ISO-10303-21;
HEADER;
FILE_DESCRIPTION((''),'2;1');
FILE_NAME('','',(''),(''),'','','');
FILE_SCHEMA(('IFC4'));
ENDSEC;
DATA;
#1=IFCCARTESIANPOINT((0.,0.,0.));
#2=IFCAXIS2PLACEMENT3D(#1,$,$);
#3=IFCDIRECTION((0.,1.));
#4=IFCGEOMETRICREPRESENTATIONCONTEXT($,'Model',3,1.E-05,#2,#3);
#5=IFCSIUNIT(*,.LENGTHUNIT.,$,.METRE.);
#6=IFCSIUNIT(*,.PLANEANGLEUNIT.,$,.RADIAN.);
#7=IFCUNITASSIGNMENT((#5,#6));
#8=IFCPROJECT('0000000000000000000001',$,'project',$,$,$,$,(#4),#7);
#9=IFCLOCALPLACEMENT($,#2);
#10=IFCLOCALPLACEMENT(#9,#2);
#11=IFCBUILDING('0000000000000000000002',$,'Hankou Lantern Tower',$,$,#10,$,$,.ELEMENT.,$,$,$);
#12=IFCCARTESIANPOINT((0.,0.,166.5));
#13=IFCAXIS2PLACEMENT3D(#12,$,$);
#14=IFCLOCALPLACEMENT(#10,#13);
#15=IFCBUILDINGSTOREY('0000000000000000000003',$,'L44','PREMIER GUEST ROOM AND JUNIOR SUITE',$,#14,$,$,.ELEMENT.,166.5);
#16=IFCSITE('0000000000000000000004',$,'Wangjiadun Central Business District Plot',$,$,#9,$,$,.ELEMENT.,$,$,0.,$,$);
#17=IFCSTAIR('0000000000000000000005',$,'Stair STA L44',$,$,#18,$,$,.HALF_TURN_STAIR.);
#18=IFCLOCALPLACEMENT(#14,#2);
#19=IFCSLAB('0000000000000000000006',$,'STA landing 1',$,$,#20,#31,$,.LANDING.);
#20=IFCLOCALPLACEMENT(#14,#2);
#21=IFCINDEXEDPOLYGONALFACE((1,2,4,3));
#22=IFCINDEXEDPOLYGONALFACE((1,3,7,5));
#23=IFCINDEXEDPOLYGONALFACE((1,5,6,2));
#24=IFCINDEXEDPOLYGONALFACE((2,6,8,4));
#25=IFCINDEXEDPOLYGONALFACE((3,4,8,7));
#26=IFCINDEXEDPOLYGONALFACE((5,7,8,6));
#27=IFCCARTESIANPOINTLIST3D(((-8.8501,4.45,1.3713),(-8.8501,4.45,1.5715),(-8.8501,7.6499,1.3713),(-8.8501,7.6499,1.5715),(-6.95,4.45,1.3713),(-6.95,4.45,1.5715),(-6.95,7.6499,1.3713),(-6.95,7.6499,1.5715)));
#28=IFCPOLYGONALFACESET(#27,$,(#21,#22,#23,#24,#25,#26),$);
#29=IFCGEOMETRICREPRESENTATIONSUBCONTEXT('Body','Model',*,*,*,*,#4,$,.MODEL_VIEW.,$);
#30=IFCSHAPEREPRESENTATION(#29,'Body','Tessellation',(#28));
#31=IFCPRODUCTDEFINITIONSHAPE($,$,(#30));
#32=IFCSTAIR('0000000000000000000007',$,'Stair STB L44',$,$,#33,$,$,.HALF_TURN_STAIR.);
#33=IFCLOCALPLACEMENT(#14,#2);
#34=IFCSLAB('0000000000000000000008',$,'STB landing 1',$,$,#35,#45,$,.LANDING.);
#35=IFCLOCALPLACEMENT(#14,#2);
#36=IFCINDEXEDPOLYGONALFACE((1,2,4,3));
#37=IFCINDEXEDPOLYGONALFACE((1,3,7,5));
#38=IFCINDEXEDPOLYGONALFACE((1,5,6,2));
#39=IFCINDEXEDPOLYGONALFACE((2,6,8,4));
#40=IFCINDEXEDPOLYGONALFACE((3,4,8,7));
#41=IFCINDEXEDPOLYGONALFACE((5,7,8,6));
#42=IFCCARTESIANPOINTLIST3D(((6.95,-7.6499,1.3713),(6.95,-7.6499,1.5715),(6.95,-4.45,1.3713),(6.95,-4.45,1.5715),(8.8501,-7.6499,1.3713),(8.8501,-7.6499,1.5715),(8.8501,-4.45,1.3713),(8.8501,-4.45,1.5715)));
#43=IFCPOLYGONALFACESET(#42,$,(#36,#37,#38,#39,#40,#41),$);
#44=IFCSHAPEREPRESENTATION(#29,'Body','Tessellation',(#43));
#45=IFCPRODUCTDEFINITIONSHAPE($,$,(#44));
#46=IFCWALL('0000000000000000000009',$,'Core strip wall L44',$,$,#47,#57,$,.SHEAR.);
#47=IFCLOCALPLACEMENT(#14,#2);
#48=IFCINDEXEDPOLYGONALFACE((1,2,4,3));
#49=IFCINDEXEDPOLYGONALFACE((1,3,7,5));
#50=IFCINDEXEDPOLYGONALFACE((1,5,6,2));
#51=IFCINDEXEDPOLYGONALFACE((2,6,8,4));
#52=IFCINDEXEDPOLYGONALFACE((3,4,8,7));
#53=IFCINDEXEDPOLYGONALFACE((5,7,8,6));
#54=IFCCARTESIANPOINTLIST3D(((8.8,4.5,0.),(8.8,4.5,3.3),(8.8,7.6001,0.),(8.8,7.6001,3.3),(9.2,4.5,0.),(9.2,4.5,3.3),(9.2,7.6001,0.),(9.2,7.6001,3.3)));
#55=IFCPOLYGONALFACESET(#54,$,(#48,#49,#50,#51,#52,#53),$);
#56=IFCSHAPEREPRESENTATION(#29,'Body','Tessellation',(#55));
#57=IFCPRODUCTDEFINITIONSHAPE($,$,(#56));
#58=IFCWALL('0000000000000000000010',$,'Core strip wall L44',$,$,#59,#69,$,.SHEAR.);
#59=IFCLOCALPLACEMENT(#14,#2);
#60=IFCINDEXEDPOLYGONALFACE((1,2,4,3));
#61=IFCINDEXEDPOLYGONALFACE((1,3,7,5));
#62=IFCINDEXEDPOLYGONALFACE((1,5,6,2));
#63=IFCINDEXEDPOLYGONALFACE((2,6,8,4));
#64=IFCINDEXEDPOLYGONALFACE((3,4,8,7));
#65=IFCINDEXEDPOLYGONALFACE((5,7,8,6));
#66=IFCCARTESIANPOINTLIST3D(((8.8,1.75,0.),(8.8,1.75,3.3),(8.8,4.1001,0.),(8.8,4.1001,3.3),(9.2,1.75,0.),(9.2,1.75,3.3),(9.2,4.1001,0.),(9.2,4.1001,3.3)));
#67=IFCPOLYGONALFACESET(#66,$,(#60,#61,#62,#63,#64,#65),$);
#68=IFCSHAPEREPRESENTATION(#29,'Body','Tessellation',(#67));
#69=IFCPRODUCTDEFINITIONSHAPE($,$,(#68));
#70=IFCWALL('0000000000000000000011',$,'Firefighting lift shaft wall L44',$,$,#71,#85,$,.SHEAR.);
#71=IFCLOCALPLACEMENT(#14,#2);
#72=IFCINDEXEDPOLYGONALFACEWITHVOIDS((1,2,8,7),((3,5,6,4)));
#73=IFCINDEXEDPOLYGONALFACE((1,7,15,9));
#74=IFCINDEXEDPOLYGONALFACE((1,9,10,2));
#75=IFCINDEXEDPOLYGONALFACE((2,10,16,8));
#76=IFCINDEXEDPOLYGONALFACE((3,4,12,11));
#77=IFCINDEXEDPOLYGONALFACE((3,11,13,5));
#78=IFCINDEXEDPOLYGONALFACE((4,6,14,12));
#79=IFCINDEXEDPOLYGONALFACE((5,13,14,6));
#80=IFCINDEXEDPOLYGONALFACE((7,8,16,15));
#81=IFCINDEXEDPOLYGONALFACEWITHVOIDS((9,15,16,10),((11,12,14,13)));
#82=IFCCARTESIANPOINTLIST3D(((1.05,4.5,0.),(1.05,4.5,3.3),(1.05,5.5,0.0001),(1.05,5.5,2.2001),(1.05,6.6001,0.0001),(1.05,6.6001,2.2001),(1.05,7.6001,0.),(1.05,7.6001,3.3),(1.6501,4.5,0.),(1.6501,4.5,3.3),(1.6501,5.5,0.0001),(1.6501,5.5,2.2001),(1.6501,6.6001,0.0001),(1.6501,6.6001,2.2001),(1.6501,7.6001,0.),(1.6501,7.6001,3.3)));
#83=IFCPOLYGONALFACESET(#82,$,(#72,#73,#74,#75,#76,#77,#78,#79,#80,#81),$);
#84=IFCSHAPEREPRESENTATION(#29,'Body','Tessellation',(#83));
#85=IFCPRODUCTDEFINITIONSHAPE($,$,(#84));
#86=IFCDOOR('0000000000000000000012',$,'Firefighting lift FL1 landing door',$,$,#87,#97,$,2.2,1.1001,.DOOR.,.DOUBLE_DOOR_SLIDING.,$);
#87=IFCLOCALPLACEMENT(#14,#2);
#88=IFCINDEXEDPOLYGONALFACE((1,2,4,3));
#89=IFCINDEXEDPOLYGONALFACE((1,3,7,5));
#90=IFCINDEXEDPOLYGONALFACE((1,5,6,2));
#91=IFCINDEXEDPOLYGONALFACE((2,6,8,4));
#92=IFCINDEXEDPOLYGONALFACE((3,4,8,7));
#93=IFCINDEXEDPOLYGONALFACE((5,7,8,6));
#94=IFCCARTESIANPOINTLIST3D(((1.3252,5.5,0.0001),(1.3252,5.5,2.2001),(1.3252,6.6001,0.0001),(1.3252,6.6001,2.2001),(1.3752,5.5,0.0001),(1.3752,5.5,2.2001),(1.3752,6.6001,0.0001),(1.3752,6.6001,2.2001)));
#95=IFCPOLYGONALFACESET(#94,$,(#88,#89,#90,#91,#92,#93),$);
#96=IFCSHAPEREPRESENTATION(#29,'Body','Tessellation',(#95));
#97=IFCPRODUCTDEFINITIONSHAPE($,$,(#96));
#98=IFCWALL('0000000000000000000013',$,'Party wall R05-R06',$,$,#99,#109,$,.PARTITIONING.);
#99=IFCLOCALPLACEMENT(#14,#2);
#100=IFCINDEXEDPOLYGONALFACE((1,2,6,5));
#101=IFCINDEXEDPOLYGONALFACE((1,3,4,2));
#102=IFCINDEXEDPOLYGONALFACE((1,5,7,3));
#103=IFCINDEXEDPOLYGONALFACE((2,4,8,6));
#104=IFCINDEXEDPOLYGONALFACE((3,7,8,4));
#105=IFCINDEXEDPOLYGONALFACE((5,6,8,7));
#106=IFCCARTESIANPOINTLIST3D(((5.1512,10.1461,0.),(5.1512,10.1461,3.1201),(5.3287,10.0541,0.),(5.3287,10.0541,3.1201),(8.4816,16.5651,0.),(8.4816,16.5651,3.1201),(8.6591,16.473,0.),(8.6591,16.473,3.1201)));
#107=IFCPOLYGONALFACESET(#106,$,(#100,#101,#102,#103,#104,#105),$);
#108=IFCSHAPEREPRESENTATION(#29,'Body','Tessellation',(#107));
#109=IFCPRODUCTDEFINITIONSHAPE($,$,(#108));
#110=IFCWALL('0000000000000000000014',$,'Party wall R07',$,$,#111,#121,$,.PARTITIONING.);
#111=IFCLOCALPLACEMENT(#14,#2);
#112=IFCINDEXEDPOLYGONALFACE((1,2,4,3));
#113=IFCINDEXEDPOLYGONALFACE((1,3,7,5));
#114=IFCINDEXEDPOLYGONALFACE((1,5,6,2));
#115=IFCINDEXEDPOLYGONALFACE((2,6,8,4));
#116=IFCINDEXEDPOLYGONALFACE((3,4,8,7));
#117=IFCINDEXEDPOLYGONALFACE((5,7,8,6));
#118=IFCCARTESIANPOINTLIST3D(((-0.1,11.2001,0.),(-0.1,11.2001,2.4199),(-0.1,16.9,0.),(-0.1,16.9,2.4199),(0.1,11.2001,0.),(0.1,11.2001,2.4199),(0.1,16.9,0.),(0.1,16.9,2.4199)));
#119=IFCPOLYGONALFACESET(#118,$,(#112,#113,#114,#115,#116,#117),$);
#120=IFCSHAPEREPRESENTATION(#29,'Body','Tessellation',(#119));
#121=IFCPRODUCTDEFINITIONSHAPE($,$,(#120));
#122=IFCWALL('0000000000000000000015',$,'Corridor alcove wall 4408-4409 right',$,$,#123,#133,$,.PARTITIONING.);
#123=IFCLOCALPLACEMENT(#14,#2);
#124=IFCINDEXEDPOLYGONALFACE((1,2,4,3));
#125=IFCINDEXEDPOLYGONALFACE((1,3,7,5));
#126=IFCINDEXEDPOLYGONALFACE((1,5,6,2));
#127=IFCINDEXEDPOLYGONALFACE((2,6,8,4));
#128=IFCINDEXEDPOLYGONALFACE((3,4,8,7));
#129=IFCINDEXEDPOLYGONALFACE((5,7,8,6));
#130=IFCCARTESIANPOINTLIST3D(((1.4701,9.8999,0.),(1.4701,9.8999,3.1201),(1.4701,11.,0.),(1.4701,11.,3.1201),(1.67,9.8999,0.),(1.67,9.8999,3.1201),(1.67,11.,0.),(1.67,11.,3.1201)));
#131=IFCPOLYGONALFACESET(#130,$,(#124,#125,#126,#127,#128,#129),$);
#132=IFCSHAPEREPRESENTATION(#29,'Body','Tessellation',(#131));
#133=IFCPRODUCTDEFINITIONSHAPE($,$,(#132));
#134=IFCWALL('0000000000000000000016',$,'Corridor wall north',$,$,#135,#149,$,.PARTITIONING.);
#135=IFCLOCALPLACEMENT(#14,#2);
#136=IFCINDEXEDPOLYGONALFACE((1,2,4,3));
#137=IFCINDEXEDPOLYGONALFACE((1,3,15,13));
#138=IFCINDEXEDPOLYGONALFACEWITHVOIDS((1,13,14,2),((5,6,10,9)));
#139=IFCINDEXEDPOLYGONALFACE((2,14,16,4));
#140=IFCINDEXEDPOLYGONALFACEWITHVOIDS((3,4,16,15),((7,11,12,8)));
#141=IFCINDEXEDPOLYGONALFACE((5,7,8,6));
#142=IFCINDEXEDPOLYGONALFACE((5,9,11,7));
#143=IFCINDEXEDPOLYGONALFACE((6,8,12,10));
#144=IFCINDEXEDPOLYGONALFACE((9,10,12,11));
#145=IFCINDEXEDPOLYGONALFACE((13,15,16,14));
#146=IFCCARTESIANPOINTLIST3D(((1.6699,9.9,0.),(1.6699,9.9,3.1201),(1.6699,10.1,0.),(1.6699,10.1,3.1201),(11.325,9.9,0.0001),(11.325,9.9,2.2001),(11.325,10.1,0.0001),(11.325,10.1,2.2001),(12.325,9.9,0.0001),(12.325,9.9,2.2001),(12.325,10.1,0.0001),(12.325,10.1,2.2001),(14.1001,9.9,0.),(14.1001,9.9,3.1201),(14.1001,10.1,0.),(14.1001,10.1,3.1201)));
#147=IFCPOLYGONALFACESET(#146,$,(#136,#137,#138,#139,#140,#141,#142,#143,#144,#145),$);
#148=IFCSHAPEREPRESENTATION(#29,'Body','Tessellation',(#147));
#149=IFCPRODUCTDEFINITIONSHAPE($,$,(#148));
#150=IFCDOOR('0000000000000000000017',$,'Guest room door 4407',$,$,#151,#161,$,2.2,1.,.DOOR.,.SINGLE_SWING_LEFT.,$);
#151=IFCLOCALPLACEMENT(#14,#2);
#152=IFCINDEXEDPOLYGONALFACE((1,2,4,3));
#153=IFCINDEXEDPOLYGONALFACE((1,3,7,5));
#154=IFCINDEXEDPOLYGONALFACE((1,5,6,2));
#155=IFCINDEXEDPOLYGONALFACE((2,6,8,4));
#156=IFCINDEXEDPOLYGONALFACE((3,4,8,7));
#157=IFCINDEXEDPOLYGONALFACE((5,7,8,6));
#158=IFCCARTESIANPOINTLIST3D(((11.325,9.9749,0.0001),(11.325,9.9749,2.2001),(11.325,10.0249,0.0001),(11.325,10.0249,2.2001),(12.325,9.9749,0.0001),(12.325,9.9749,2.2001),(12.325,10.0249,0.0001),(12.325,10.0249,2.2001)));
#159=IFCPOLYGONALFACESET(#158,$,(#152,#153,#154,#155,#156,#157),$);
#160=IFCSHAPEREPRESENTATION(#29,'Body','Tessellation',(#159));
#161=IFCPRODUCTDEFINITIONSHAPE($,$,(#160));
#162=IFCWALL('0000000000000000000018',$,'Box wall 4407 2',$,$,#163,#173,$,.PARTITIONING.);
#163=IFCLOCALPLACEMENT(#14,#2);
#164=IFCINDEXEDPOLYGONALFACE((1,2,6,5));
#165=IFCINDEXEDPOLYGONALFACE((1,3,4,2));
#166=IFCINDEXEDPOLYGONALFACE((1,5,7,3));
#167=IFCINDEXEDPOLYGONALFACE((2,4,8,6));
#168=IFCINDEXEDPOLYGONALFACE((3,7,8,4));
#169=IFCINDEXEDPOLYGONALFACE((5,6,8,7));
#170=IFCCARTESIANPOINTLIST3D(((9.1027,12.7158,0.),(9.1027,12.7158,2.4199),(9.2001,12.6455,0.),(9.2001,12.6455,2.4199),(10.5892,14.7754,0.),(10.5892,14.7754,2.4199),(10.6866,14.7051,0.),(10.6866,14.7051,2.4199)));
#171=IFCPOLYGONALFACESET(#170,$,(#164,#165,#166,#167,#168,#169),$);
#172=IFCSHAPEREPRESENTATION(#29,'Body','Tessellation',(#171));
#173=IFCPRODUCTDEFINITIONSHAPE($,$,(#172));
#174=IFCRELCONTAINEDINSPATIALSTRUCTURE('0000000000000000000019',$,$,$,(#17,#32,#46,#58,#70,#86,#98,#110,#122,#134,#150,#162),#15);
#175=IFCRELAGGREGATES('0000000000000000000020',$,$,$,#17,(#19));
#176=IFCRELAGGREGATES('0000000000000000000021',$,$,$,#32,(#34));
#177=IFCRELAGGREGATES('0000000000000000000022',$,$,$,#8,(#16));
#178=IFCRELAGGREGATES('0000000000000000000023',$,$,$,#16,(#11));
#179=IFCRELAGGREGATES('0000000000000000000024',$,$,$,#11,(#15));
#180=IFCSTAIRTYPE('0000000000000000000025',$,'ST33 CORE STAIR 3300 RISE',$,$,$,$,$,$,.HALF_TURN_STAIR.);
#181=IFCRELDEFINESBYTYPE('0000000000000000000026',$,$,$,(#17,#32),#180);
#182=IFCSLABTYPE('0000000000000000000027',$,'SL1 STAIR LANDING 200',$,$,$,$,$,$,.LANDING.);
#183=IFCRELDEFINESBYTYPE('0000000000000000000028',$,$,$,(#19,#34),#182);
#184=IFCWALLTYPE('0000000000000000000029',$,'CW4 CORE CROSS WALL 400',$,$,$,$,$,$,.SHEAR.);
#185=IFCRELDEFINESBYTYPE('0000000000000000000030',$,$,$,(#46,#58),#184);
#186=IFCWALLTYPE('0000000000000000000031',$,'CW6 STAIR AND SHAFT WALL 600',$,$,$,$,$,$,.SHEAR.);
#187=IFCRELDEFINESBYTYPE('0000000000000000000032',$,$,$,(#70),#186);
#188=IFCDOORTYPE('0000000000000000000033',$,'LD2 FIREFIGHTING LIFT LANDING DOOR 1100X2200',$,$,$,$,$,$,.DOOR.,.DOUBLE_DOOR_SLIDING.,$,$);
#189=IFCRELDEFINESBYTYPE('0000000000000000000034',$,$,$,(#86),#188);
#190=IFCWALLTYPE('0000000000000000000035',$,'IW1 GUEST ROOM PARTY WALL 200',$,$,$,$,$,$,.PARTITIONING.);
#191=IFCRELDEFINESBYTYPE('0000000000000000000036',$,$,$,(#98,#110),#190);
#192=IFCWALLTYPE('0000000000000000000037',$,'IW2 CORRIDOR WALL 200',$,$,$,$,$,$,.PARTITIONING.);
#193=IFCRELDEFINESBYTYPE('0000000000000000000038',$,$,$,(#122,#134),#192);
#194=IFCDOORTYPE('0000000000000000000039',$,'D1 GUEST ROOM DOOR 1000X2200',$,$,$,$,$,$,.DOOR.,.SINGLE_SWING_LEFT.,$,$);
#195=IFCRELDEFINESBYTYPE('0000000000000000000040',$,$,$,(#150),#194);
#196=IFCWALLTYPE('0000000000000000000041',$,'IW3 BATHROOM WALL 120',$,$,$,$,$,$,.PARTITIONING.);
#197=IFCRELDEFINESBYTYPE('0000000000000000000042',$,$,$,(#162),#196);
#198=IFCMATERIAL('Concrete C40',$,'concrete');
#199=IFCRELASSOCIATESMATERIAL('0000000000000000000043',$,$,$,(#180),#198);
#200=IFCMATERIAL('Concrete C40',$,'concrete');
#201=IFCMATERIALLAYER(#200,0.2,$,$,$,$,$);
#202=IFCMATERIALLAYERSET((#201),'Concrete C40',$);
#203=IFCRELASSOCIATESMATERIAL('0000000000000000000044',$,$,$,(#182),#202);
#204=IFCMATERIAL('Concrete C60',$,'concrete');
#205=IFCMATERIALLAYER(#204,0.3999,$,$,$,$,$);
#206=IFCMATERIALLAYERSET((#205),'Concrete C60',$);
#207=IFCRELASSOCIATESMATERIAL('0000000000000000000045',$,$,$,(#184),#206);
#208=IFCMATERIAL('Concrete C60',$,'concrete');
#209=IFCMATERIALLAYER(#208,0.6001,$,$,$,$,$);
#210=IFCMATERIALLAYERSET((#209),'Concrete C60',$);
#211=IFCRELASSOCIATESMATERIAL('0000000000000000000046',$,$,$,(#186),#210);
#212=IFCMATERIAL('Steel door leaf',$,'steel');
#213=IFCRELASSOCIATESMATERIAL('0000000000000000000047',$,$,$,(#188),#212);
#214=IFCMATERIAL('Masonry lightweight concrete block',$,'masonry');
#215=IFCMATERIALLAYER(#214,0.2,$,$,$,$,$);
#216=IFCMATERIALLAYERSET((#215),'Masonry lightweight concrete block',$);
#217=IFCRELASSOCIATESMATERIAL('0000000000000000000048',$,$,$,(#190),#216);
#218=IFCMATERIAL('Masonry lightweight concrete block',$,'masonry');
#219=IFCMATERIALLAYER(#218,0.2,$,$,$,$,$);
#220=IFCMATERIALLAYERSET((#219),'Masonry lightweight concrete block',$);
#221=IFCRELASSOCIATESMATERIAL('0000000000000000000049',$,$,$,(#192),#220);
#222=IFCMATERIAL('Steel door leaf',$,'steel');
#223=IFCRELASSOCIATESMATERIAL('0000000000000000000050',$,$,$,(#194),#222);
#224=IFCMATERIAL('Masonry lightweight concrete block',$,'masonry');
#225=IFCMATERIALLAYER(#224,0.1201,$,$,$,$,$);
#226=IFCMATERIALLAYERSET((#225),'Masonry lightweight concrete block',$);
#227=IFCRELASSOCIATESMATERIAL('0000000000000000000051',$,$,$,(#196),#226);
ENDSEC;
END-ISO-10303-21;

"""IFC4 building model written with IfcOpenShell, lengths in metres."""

from ifc_helpers import new_model, si_unit, direction, frame, frame_2d, origin, place, context, subcontext, project, spatial, polyline, rectangle, outline, extrude, material, layer, layer_set, type_object, element, fill, aggregate, save


model = new_model("IFC4")

# Units and contexts
model_context = context("Model", 3, precision=1e-05, world=origin(), true_north=direction((0.0, 1.0)))
body_context = subcontext(model_context, "Body", "Model", "MODEL_VIEW")
ifc_project = project(units=[si_unit("LENGTHUNIT", "METRE"), si_unit("PLANEANGLEUNIT", "RADIAN")], contexts=[model_context])

# Site, building, storey
site_placement = place(None, origin())
site = spatial("IfcSite", under=ifc_project, at=site_placement, Name="Wangjiadun Central Business District Plot", CompositionType="ELEMENT", RefElevation=0.0)
building_placement = place(site_placement, origin())
building = spatial("IfcBuilding", under=site, at=building_placement, Name="Hankou Lantern Tower", CompositionType="ELEMENT")
storey_placement = place(building_placement, frame((0.0, 0.0, 166.5)))
storey = spatial("IfcBuildingStorey", under=building, at=storey_placement, Name="L44", Description="PREMIER GUEST ROOM AND JUNIOR SUITE", CompositionType="ELEMENT", Elevation=166.5)

# Stairs, slabs
ifc_material_1 = material(Name="Concrete C40", Category="concrete")
stair_type = type_object("IfcStairType", Name="ST33 CORE STAIR 3300 RISE", PredefinedType="HALF_TURN_STAIR", material=ifc_material_1)
stair_1_placement = place(storey_placement, origin())
stair_1 = element("IfcStair", 1, at=stair_1_placement, inside=storey, type_object=stair_type, Name="Stair STA L44", PredefinedType="HALF_TURN_STAIR")
ifc_material_2 = material(Name="Concrete C40", Category="concrete")
ifc_layer_1 = layer(ifc_material_2, 0.2)
ifc_layer_set_1 = layer_set([ifc_layer_1], Name="Concrete C40")
slab_type_1 = type_object("IfcSlabType", Name="SL1 STAIR LANDING 200", PredefinedType="LANDING", material=ifc_layer_set_1)
slab_1_placement = place(storey_placement, frame((0.0, 0.0, 1.3713)))
slab_1 = element("IfcSlab", 2, at=slab_1_placement, type_object=slab_type_1, Name="STA landing 1", PredefinedType="LANDING", context=body_context, shape_type="SweptSolid", body=[
    extrude(outline(polyline([(-8.8501, 4.45), (-6.95, 4.45), (-6.95, 7.6499), (-8.8501, 7.6499), (-8.8501, 4.45)])), origin(), (0.0, 0.0, 1.0), 0.2002),
])
aggregate(stair_1, [slab_1])
stair_2_placement = place(storey_placement, origin())
stair_2 = element("IfcStair", 3, at=stair_2_placement, inside=storey, type_object=stair_type, Name="Stair STB L44", PredefinedType="HALF_TURN_STAIR")
slab_2_placement = place(storey_placement, frame((0.0, 0.0, 1.3713)))
slab_2 = element("IfcSlab", 4, at=slab_2_placement, type_object=slab_type_1, Name="STB landing 1", PredefinedType="LANDING", context=body_context, shape_type="SweptSolid", body=[
    extrude(outline(polyline([(8.8501, -4.45), (6.95, -4.45), (6.95, -7.6499), (8.8501, -7.6499), (8.8501, -4.45)])), origin(), (0.0, 0.0, 1.0), 0.2002),
])
aggregate(stair_2, [slab_2])

# Walls
ifc_material_3 = material(Name="Concrete C60", Category="concrete")
ifc_layer_2 = layer(ifc_material_3, 0.3999)
ifc_layer_set_2 = layer_set([ifc_layer_2], Name="Concrete C60")
wall_type_1 = type_object("IfcWallType", Name="CW4 CORE CROSS WALL 400", PredefinedType="SHEAR", material=ifc_layer_set_2)
wall_1_placement = place(storey_placement, frame((9.0, 4.5, 0.0), z_axis=(0.0, 0.0, 1.0), x_axis=(0.0, 1.0, 0.0)))
element("IfcWall", 5, at=wall_1_placement, inside=storey, type_object=wall_type_1, Name="Core strip wall L44", PredefinedType="SHEAR", context=body_context, shape_type="SweptSolid", body=[
    extrude(rectangle(XDim=3.1001, YDim=0.3999, at=frame_2d((1.55, 0.0))), origin(), (0.0, 0.0, 1.0), 3.3),
])
wall_2_placement = place(storey_placement, frame((9.0, 1.75, 0.0), z_axis=(0.0, 0.0, 1.0), x_axis=(0.0, 1.0, 0.0)))
element("IfcWall", 6, at=wall_2_placement, inside=storey, type_object=wall_type_1, Name="Core strip wall L44", PredefinedType="SHEAR", context=body_context, shape_type="SweptSolid", body=[
    extrude(rectangle(XDim=2.3501, YDim=0.3999, at=frame_2d((1.175, 0.0))), origin(), (0.0, 0.0, 1.0), 3.3),
])

# Wall, opening, door
ifc_material_4 = material(Name="Concrete C60", Category="concrete")
ifc_layer_3 = layer(ifc_material_4, 0.6001)
ifc_layer_set_3 = layer_set([ifc_layer_3], Name="Concrete C60")
wall_type_2 = type_object("IfcWallType", Name="CW6 STAIR AND SHAFT WALL 600", PredefinedType="SHEAR", material=ifc_layer_set_3)
wall_3_placement = place(storey_placement, frame((1.3501, 4.5, 0.0), z_axis=(0.0, 0.0, 1.0), x_axis=(0.0, 1.0, 0.0)))
wall_3 = element("IfcWall", 7, at=wall_3_placement, inside=storey, type_object=wall_type_2, Name="Firefighting lift shaft wall L44", PredefinedType="SHEAR", context=body_context, shape_type="SweptSolid", body=[
    extrude(rectangle(XDim=3.1001, YDim=0.6001, at=frame_2d((1.55, 0.0))), origin(), (0.0, 0.0, 1.0), 3.3),
])
opening_1_placement = place(wall_3_placement, frame((1.0, 0.0, 0.0)))
opening_1 = element("IfcOpeningElement", 8, at=opening_1_placement, cuts=wall_3, PredefinedType="OPENING", context=body_context, shape_type="SweptSolid", body=[
    extrude(rectangle(XDim=1.1001, YDim=2.2, at=frame_2d((0.55, 1.1001))), frame((0.0, 0.3101, 0.0), z_axis=(0.0, -1.0, 0.0), x_axis=(1.0, 0.0, 0.0)), (0.0, 0.0, 1.0), 0.6201),
])
ifc_material_5 = material(Name="Steel door leaf", Category="steel")
door_type_1 = type_object("IfcDoorType", Name="LD2 FIREFIGHTING LIFT LANDING DOOR 1100X2200", OperationType="DOUBLE_DOOR_SLIDING", PredefinedType="DOOR", material=ifc_material_5)
door_1_placement = place(opening_1_placement, origin())
door_1 = element("IfcDoor", 9, at=door_1_placement, inside=storey, type_object=door_type_1, Name="Firefighting lift FL1 landing door", OperationType="DOUBLE_DOOR_SLIDING", OverallHeight=2.2, OverallWidth=1.1001, PredefinedType="DOOR", context=body_context, shape_type="SweptSolid", body=[
    extrude(rectangle(XDim=1.1001, YDim=2.2, at=frame_2d((0.55, 1.1001))), frame((0.0, 0.0249, 0.0), z_axis=(0.0, -1.0, 0.0), x_axis=(1.0, 0.0, 0.0)), (0.0, 0.0, 1.0), 0.05),
])
fill(opening_1, door_1)

# Walls
ifc_material_6 = material(Name="Masonry lightweight concrete block", Category="masonry")
ifc_layer_4 = layer(ifc_material_6, 0.2)
ifc_layer_set_4 = layer_set([ifc_layer_4], Name="Masonry lightweight concrete block")
wall_type_3 = type_object("IfcWallType", Name="IW1 GUEST ROOM PARTY WALL 200", PredefinedType="PARTITIONING", material=ifc_layer_set_4)
wall_4_placement = place(storey_placement, frame((5.24, 10.1001, 0.0), z_axis=(0.0, 0.0, 1.0), x_axis=(0.460533, 0.887643, 0.0)))
element("IfcWall", 10, at=wall_4_placement, inside=storey, type_object=wall_type_3, Name="Party wall R05-R06", PredefinedType="PARTITIONING", context=body_context, shape_type="SweptSolid", body=[
    extrude(rectangle(XDim=7.2314, YDim=0.2, at=frame_2d((3.6157, 0.0))), origin(), (0.0, 0.0, 1.0), 3.1201),
])
wall_5_placement = place(storey_placement, frame((0.0, 11.2, 0.0), z_axis=(0.0, 0.0, 1.0), x_axis=(0.0, 1.0, 0.0)))
element("IfcWall", 11, at=wall_5_placement, inside=storey, type_object=wall_type_3, Name="Party wall R07", PredefinedType="PARTITIONING", context=body_context, shape_type="SweptSolid", body=[
    extrude(rectangle(XDim=5.7, YDim=0.2, at=frame_2d((2.8501, 0.0))), origin(), (0.0, 0.0, 1.0), 2.4199),
])
ifc_material_7 = material(Name="Masonry lightweight concrete block", Category="masonry")
ifc_layer_5 = layer(ifc_material_7, 0.2)
ifc_layer_set_5 = layer_set([ifc_layer_5], Name="Masonry lightweight concrete block")
wall_type_4 = type_object("IfcWallType", Name="IW2 CORRIDOR WALL 200", PredefinedType="PARTITIONING", material=ifc_layer_set_5)
wall_6_placement = place(storey_placement, frame((1.5701, 9.8999, 0.0), z_axis=(0.0, 0.0, 1.0), x_axis=(0.0, 1.0, 0.0)))
element("IfcWall", 12, at=wall_6_placement, inside=storey, type_object=wall_type_4, Name="Corridor alcove wall 4408-4409 right", PredefinedType="PARTITIONING", context=body_context, shape_type="SweptSolid", body=[
    extrude(rectangle(XDim=1.1001, YDim=0.2, at=frame_2d((0.55, 0.0))), origin(), (0.0, 0.0, 1.0), 3.1201),
])

# Wall, opening, door
wall_7_placement = place(storey_placement, frame((1.6699, 10.0, 0.0), z_axis=(0.0, 0.0, 1.0), x_axis=(1.0, 0.0, 0.0)))
wall_7 = element("IfcWall", 13, at=wall_7_placement, inside=storey, type_object=wall_type_4, Name="Corridor wall north", PredefinedType="PARTITIONING", context=body_context, shape_type="SweptSolid", body=[
    extrude(rectangle(XDim=12.4302, YDim=0.2, at=frame_2d((6.2151, 0.0))), origin(), (0.0, 0.0, 1.0), 3.1201),
])
opening_2_placement = place(wall_7_placement, frame((9.655, 0.0, 0.0)))
opening_2 = element("IfcOpeningElement", 14, at=opening_2_placement, cuts=wall_7, PredefinedType="OPENING", context=body_context, shape_type="SweptSolid", body=[
    extrude(rectangle(XDim=1.0, YDim=2.2, at=frame_2d((0.5, 1.1001))), frame((0.0, 0.1099, 0.0), z_axis=(0.0, -1.0, 0.0), x_axis=(1.0, 0.0, 0.0)), (0.0, 0.0, 1.0), 0.22),
])
ifc_material_8 = material(Name="Steel door leaf", Category="steel")
door_type_2 = type_object("IfcDoorType", Name="D1 GUEST ROOM DOOR 1000X2200", OperationType="SINGLE_SWING_LEFT", PredefinedType="DOOR", material=ifc_material_8)
door_2_placement = place(opening_2_placement, origin())
door_2 = element("IfcDoor", 15, at=door_2_placement, inside=storey, type_object=door_type_2, Name="Guest room door 4407", OperationType="SINGLE_SWING_LEFT", OverallHeight=2.2, OverallWidth=1.0, PredefinedType="DOOR", context=body_context, shape_type="SweptSolid", body=[
    extrude(rectangle(XDim=1.0, YDim=2.2, at=frame_2d((0.5, 1.1001))), frame((0.0, 0.0249, 0.0), z_axis=(0.0, -1.0, 0.0), x_axis=(1.0, 0.0, 0.0)), (0.0, 0.0, 1.0), 0.05),
])
fill(opening_2, door_2)

# Wall
ifc_material_9 = material(Name="Masonry lightweight concrete block", Category="masonry")
ifc_layer_6 = layer(ifc_material_9, 0.1201)
ifc_layer_set_6 = layer_set([ifc_layer_6], Name="Masonry lightweight concrete block")
wall_type_5 = type_object("IfcWallType", Name="IW3 BATHROOM WALL 120", PredefinedType="PARTITIONING", material=ifc_layer_set_6)
wall_8_placement = place(storey_placement, frame((9.1514, 12.6807, 0.0), z_axis=(0.0, 0.0, 1.0), x_axis=(0.585259, 0.810846, 0.0)))
element("IfcWall", 16, at=wall_8_placement, inside=storey, type_object=wall_type_5, Name="Box wall 4407 2", PredefinedType="PARTITIONING", context=body_context, shape_type="SweptSolid", body=[
    extrude(rectangle(XDim=2.54, YDim=0.1201, at=frame_2d((1.27, 0.0))), origin(), (0.0, 0.0, 1.0), 2.4199),
])

save(model, "model.ifc")
